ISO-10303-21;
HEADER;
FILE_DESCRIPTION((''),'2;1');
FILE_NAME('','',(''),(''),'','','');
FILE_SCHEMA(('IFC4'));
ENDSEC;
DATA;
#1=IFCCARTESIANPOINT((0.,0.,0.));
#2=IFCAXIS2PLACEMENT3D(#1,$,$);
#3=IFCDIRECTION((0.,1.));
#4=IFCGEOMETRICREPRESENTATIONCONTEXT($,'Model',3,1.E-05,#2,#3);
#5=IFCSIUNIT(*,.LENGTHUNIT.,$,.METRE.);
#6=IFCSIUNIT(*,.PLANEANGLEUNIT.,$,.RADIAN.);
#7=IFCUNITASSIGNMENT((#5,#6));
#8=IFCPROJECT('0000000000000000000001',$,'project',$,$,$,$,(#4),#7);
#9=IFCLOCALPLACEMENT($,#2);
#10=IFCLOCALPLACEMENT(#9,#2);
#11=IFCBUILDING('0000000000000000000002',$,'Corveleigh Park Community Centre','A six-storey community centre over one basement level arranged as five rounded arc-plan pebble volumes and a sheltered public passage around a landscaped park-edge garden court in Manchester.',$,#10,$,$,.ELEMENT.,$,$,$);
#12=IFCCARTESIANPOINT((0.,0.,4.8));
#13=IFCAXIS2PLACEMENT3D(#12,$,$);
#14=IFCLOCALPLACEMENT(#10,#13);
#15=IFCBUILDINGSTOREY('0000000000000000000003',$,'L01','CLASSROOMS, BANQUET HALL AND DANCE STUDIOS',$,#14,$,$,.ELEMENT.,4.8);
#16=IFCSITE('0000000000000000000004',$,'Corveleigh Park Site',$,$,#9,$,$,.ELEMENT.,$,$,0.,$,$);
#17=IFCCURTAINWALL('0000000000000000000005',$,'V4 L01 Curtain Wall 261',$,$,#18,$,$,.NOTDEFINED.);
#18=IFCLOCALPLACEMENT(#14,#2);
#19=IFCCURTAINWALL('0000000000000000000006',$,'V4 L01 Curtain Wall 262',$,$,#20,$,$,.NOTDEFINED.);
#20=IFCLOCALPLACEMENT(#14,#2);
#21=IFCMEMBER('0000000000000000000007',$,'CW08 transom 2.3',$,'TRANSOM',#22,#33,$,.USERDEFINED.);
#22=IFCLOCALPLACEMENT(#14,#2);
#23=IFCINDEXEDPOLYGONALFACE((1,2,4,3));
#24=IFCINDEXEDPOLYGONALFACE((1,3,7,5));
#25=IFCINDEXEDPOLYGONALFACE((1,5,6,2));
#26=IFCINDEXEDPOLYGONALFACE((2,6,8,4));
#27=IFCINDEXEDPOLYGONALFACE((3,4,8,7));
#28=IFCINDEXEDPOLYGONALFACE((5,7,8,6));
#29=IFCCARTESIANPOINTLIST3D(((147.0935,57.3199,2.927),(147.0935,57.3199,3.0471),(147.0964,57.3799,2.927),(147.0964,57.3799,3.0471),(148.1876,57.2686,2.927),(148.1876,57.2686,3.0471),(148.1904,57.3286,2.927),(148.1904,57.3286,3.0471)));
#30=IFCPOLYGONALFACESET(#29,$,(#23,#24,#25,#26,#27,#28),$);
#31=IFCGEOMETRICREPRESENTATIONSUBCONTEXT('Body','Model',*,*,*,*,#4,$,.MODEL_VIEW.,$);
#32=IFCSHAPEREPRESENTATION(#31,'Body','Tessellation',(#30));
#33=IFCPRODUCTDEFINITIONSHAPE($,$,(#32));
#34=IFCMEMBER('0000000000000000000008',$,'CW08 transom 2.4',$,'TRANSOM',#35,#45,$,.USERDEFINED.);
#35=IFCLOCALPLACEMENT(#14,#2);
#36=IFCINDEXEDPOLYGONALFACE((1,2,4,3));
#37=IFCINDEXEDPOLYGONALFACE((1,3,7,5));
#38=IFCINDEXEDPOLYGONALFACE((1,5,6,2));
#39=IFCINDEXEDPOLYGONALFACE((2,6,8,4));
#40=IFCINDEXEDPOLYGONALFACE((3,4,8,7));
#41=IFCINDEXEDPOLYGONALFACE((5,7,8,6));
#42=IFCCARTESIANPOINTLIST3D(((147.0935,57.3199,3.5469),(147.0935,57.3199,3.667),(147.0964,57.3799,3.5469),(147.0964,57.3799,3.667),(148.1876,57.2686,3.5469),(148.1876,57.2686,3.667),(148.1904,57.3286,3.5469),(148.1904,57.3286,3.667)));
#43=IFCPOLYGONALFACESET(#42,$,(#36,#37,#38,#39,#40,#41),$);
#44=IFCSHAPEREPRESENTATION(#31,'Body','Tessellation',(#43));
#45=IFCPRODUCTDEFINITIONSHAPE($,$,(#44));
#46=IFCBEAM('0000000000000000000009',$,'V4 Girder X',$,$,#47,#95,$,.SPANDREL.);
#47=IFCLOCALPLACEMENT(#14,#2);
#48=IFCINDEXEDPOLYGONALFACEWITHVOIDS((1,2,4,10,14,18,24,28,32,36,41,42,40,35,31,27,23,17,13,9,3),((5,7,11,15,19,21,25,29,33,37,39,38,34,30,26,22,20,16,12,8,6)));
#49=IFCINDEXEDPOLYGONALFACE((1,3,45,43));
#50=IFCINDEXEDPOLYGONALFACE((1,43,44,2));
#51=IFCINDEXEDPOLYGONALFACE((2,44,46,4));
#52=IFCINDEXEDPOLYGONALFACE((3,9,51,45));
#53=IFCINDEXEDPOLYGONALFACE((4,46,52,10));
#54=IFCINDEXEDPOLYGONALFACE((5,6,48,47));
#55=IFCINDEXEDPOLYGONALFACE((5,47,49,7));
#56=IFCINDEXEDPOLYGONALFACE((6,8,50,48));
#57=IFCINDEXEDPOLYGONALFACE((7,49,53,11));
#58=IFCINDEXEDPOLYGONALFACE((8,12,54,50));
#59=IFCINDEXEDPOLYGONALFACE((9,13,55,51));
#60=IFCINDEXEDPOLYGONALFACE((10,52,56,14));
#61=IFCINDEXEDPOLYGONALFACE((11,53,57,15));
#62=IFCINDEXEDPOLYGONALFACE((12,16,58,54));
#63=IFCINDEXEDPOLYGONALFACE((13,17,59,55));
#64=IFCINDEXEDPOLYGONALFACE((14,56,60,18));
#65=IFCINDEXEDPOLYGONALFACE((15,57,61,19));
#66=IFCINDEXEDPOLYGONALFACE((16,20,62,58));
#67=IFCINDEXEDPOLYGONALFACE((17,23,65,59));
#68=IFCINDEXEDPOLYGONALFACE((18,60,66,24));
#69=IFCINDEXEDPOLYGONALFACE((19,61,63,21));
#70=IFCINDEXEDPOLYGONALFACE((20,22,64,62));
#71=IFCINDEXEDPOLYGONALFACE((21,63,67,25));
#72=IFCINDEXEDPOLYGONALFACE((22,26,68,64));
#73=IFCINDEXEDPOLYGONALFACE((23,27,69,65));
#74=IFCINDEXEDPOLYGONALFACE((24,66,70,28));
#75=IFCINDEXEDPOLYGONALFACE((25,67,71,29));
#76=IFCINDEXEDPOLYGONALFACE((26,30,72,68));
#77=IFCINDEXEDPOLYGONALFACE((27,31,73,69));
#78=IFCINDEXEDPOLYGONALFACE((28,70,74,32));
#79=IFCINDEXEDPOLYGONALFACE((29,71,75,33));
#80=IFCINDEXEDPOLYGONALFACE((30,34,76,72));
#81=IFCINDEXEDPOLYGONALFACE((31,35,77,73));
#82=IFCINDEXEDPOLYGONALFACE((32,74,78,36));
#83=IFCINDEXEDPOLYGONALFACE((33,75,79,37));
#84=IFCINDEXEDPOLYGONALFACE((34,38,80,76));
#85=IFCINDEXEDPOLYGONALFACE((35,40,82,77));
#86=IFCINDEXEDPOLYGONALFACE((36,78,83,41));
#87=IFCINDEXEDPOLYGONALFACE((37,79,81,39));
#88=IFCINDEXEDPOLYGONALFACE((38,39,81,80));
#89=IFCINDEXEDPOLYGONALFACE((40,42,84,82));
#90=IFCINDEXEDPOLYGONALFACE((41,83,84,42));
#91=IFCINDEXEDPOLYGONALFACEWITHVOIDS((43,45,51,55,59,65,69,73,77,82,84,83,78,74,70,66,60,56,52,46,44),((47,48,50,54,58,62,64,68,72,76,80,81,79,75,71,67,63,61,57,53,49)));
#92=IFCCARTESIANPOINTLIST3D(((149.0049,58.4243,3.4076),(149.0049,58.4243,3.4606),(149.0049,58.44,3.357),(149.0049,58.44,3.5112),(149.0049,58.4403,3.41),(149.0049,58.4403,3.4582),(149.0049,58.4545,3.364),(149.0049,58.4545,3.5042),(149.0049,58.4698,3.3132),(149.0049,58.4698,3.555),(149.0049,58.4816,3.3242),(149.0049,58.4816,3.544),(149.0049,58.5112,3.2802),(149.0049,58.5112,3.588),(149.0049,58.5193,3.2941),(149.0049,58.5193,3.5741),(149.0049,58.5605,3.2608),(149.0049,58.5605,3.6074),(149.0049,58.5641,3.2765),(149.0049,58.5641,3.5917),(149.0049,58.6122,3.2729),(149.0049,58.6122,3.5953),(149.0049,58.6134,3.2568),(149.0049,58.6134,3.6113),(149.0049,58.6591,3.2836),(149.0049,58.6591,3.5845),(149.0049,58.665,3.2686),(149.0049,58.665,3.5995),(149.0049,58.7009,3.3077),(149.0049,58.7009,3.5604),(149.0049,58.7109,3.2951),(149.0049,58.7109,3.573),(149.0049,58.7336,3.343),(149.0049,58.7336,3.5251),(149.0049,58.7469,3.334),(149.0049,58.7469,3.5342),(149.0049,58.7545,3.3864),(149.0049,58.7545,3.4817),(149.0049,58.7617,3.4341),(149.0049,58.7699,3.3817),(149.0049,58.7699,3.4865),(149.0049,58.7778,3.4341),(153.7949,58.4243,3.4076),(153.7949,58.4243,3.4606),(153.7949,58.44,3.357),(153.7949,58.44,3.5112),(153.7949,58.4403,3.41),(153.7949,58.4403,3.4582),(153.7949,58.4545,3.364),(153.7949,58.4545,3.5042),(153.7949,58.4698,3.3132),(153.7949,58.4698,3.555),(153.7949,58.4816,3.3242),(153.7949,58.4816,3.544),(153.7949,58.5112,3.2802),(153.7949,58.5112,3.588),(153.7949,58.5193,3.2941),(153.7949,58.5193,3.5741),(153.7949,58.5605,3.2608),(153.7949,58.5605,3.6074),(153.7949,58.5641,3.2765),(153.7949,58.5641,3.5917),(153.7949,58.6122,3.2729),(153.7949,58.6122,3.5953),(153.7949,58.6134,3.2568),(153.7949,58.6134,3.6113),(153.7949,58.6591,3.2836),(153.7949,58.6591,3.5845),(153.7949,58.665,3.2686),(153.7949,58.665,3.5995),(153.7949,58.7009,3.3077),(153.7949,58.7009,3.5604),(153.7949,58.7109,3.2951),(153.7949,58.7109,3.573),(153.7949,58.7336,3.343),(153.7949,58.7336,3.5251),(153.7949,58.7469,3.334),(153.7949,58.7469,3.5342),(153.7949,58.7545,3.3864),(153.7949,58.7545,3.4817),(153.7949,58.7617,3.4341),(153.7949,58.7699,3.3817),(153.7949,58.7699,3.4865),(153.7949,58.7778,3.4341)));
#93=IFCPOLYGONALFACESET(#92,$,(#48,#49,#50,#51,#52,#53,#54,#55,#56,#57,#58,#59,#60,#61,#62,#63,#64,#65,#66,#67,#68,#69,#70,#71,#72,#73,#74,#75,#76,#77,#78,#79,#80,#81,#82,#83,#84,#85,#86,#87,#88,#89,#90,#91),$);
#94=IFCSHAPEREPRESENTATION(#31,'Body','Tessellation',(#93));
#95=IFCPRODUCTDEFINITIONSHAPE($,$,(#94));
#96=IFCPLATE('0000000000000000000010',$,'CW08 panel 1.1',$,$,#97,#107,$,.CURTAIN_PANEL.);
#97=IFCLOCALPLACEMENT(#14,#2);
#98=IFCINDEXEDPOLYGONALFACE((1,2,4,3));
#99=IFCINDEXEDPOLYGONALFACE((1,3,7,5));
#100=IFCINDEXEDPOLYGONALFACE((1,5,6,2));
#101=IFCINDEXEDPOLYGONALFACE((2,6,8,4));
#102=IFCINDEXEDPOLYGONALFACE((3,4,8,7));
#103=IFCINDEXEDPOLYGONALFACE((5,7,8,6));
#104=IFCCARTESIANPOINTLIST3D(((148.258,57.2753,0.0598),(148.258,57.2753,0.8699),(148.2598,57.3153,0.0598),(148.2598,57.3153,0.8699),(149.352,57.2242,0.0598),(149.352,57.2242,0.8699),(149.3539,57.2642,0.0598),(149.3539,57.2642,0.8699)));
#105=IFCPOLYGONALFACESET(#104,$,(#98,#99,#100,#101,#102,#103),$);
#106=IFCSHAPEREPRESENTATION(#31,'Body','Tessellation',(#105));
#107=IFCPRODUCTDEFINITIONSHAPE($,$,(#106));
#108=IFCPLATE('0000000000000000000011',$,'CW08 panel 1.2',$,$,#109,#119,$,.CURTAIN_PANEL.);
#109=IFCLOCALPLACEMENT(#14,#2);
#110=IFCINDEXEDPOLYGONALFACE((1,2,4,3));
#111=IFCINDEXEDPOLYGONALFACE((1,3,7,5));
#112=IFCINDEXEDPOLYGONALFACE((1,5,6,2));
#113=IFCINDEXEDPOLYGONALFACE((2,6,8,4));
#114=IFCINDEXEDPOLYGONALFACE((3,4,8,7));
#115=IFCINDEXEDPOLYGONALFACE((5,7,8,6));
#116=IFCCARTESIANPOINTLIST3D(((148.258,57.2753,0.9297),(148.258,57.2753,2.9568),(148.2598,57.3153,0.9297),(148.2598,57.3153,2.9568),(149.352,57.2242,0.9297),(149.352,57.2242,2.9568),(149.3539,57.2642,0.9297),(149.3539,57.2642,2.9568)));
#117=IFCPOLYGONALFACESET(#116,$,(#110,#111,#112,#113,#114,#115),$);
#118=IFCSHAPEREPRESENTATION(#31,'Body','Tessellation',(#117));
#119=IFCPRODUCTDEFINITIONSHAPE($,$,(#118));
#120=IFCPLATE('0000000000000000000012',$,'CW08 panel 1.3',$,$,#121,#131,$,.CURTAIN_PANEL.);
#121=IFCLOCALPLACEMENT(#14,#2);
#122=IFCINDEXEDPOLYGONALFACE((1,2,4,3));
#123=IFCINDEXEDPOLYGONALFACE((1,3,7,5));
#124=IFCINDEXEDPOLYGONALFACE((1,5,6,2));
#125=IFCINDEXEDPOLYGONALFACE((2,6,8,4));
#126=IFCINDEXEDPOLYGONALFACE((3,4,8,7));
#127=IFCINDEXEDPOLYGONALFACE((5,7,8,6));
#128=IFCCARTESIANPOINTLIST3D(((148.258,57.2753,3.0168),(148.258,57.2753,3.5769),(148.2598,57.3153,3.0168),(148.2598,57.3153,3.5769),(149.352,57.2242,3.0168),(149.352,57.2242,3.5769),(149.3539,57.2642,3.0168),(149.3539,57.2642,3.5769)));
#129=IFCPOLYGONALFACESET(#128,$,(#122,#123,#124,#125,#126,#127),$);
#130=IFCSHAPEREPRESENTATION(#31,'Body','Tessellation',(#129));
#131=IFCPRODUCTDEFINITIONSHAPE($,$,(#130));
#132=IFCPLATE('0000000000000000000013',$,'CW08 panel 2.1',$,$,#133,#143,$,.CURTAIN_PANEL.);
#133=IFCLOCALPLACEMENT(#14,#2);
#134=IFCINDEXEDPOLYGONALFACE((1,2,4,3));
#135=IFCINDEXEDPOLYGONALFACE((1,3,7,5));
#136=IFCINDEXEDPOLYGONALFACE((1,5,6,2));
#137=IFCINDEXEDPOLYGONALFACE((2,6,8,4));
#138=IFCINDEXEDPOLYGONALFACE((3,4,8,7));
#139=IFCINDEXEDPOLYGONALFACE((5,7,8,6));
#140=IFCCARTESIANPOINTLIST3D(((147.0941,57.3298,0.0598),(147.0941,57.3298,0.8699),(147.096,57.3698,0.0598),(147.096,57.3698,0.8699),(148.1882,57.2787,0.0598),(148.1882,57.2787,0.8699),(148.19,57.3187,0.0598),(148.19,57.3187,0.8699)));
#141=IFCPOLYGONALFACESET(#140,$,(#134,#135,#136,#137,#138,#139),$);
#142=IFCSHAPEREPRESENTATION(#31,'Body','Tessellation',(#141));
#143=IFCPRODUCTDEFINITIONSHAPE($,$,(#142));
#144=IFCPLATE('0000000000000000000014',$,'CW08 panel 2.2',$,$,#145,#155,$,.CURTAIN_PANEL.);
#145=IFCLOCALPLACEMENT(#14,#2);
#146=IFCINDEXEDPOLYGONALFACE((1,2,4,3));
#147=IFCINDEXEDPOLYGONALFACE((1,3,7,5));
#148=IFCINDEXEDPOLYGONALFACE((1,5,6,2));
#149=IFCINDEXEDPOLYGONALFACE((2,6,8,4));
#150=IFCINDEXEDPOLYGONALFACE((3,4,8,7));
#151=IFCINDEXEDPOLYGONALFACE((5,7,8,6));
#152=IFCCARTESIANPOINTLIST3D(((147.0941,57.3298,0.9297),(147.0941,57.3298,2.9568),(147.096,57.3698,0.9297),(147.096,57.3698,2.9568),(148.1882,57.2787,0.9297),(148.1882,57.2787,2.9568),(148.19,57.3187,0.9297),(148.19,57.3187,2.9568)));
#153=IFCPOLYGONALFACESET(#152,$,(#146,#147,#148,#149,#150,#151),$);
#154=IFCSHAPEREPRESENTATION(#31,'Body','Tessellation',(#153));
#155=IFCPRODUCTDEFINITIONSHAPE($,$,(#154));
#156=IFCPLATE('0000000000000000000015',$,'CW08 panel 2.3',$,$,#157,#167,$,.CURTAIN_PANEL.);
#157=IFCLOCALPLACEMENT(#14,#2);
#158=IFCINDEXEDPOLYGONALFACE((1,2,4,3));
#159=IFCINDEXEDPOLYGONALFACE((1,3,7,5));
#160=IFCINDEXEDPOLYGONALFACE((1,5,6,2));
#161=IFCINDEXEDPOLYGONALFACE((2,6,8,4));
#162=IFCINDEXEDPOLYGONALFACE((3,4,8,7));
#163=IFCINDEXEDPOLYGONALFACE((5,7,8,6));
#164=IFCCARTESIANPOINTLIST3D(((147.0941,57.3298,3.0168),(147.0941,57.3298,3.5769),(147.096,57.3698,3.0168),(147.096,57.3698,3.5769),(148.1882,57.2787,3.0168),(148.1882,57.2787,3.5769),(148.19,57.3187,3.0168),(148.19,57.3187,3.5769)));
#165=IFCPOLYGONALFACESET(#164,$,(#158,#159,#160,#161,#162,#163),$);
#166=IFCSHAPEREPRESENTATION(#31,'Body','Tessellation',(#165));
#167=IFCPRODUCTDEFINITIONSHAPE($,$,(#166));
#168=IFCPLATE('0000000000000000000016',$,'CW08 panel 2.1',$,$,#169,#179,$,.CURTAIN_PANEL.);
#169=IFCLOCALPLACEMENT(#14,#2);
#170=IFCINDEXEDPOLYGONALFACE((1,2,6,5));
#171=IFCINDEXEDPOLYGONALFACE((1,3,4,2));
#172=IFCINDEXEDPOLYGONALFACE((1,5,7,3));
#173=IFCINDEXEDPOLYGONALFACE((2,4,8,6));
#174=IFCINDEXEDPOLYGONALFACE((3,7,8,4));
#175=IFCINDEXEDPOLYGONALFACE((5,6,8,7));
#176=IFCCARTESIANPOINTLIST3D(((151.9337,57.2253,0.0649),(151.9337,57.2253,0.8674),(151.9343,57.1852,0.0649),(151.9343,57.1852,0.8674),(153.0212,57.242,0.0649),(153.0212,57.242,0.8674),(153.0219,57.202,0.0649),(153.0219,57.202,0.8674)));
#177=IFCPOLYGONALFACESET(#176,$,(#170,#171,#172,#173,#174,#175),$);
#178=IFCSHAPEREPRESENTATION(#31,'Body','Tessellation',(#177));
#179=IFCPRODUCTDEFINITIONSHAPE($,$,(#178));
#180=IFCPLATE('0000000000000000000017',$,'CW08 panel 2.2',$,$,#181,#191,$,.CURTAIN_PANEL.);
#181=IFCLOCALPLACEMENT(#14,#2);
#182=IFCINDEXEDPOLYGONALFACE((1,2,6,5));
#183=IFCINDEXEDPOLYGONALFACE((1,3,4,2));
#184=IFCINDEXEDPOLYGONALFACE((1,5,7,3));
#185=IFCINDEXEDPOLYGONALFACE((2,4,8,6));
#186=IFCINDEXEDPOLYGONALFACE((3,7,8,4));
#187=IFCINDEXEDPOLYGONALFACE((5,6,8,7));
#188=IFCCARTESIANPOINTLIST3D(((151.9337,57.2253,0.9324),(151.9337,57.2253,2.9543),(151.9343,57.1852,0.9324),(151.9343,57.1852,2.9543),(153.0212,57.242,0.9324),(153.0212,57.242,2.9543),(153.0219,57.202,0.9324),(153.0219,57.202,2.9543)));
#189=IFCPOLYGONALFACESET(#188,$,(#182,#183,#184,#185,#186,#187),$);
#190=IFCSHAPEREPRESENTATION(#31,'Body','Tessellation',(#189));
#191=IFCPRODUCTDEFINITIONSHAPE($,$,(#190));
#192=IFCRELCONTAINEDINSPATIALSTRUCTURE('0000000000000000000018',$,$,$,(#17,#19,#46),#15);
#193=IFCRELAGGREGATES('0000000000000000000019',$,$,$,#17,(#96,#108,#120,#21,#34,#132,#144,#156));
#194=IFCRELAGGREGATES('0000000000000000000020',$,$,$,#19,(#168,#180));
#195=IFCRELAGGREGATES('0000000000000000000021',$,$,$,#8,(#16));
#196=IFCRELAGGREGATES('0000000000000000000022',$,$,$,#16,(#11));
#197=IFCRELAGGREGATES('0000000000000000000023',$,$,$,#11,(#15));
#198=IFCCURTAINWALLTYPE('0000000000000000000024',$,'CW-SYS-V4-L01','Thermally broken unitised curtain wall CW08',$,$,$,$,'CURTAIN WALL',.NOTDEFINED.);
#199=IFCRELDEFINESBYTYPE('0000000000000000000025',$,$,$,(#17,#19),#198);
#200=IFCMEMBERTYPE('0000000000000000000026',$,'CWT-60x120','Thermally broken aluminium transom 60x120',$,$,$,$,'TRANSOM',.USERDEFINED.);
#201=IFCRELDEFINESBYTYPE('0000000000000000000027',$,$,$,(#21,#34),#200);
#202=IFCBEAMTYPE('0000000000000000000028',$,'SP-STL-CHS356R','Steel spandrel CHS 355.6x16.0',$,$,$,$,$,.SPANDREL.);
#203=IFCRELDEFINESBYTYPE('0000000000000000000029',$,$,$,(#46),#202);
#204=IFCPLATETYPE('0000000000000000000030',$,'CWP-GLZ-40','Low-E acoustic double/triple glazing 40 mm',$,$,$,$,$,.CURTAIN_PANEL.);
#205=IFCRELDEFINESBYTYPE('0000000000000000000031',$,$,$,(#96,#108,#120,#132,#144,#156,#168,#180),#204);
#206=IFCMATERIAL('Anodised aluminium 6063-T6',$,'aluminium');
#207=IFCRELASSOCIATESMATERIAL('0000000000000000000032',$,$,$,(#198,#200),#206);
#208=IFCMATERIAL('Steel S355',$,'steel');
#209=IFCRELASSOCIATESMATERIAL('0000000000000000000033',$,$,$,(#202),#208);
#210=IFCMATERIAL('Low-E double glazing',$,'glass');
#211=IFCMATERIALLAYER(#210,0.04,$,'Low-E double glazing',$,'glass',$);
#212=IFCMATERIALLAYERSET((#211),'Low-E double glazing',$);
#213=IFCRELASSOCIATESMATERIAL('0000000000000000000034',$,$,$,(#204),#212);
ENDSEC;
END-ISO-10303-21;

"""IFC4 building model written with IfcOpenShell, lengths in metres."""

from ifc_helpers import new_model, si_unit, direction, frame, origin, origin_2d, place, context, subcontext, project, spatial, rectangle, hollow_circle, extrude, material, layer, layer_set, material_profile, profile_set, type_object, element, aggregate, save


model = new_model("IFC4")

# Units and contexts
model_context = context("Model", 3, precision=1e-05, world=origin(), true_north=direction((0.0, 1.0)))
body_context = subcontext(model_context, "Body", "Model", "MODEL_VIEW")
ifc_project = project(units=[si_unit("LENGTHUNIT", "METRE"), si_unit("PLANEANGLEUNIT", "RADIAN")], contexts=[model_context])

# Site, building, storey
site_placement = place(None, origin())
site = spatial("IfcSite", under=ifc_project, at=site_placement, Name="Corveleigh Park Site", CompositionType="ELEMENT", RefElevation=0.0)
building_placement = place(site_placement, origin())
building = spatial("IfcBuilding", under=site, at=building_placement, Name="Corveleigh Park Community Centre", Description="A six-storey community centre over one basement level arranged as five rounded arc-plan pebble volumes and a sheltered public passage around a landscaped park-edge garden court in Manchester.", CompositionType="ELEMENT")
storey_placement = place(building_placement, frame((0.0, 0.0, 4.8)))
storey = spatial("IfcBuildingStorey", under=building, at=storey_placement, Name="L01", Description="CLASSROOMS, BANQUET HALL AND DANCE STUDIOS", CompositionType="ELEMENT", Elevation=4.8)

# Shared definitions
ifc_material_1 = material(Name="Steel S355", Category="steel")

# Curtain wall
ifc_material_2 = material(Name="Anodised aluminium 6063-T6", Category="aluminium")
curtain_wall_type = type_object("IfcCurtainWallType", Name="CW-SYS-V4-L01", Description="Thermally broken unitised curtain wall CW08", ElementType="CURTAIN WALL", PredefinedType="NOTDEFINED", material=ifc_material_2)
curtain_wall_1_placement = place(storey_placement, origin())
curtain_wall_1 = element("IfcCurtainWall", 1, at=curtain_wall_1_placement, inside=storey, type_object=curtain_wall_type, Name="V4 L01 Curtain Wall 261", PredefinedType="NOTDEFINED")

# Curtain wall
curtain_wall_2_placement = place(storey_placement, origin())
curtain_wall_2 = element("IfcCurtainWall", 2, at=curtain_wall_2_placement, inside=storey, type_object=curtain_wall_type, Name="V4 L01 Curtain Wall 262", PredefinedType="NOTDEFINED")

# Members
ifc_material_profile_1 = material_profile(ifc_material_2, rectangle(XDim=0.0601, YDim=0.1201, at=origin_2d()), Name="ALU-T60x120", Category="aluminium")
ifc_profile_set_1 = profile_set([ifc_material_profile_1], Name="Anodised aluminium 6063-T6")
member_type_1 = type_object("IfcMemberType", Name="CWT-60x120", Description="Thermally broken aluminium transom 60x120", ElementType="TRANSOM", PredefinedType="USERDEFINED", material=ifc_profile_set_1)
member_1_placement = place(storey_placement, frame((148.189, 57.2986, 2.9871), z_axis=(-0.998904, 0.046813, 0.0), x_axis=(-0.046813, -0.998904, 0.0)))
member_1 = element("IfcMember", 3, at=member_1_placement, type_object=member_type_1, Name="CW08 transom 2.3", ObjectType="TRANSOM", PredefinedType="USERDEFINED", context=body_context, shape_type="SweptSolid", body=[
    extrude(rectangle(XDim=0.0601, YDim=0.1201, at=origin_2d()), origin(), (0.0, 0.0, 1.0), 1.0952),
])
member_2_placement = place(storey_placement, frame((148.189, 57.2986, 3.6069), z_axis=(-0.998904, 0.046813, 0.0), x_axis=(-0.046813, -0.998904, 0.0)))
member_2 = element("IfcMember", 4, at=member_2_placement, type_object=member_type_1, Name="CW08 transom 2.4", ObjectType="TRANSOM", PredefinedType="USERDEFINED", context=body_context, shape_type="SweptSolid", body=[
    extrude(rectangle(XDim=0.0601, YDim=0.1201, at=origin_2d()), origin(), (0.0, 0.0, 1.0), 1.0952),
])

# Beam
ifc_material_profile_2 = material_profile(ifc_material_1, hollow_circle(Radius=0.1777, WallThickness=0.0161, at=origin_2d()), Name="CHS 355.6x16.0", Category="steel")
ifc_profile_set_2 = profile_set([ifc_material_profile_2], Name="Steel S355")
beam_type_1 = type_object("IfcBeamType", Name="SP-STL-CHS356R", Description="Steel spandrel CHS 355.6x16.0", PredefinedType="SPANDREL", material=ifc_profile_set_2)
beam_1_placement = place(storey_placement, frame((149.0049, 58.6001, 3.4341), z_axis=(1.0, 0.0, 0.0), x_axis=(0.0, 1.0, 0.0)))
element("IfcBeam", 5, at=beam_1_placement, inside=storey, type_object=beam_type_1, Name="V4 Girder X", PredefinedType="SPANDREL", context=body_context, shape_type="SweptSolid", body=[
    extrude(hollow_circle(Radius=0.1777, WallThickness=0.0161, at=origin_2d()), origin(), (0.0, 0.0, 1.0), 4.79),
])

# Plates
ifc_material_3 = material(Name="Low-E double glazing", Category="glass")
ifc_layer_1 = layer(ifc_material_3, 0.04, Name="Low-E double glazing", Category="glass")
ifc_layer_set_1 = layer_set([ifc_layer_1], Name="Low-E double glazing")
plate_type = type_object("IfcPlateType", Name="CWP-GLZ-40", Description="Low-E acoustic double/triple glazing 40 mm", PredefinedType="CURTAIN_PANEL", material=ifc_layer_set_1)
plate_1_placement = place(storey_placement, frame((148.8059, 57.2698, 0.0598), z_axis=(0.0, 0.0, 1.0), x_axis=(-0.998911, 0.046655, 0.0)))
plate_1 = element("IfcPlate", 6, at=plate_1_placement, type_object=plate_type, Name="CW08 panel 1.1", PredefinedType="CURTAIN_PANEL", context=body_context, shape_type="SweptSolid", body=[
    extrude(rectangle(XDim=1.0952, YDim=0.04, at=origin_2d()), origin(), (0.0, 0.0, 1.0), 0.8101),
])
plate_2_placement = place(storey_placement, frame((148.8059, 57.2698, 0.9297), z_axis=(0.0, 0.0, 1.0), x_axis=(-0.998911, 0.046655, 0.0)))
plate_2 = element("IfcPlate", 7, at=plate_2_placement, type_object=plate_type, Name="CW08 panel 1.2", PredefinedType="CURTAIN_PANEL", context=body_context, shape_type="SweptSolid", body=[
    extrude(rectangle(XDim=1.0952, YDim=0.04, at=origin_2d()), origin(), (0.0, 0.0, 1.0), 2.0271),
])
plate_3_placement = place(storey_placement, frame((148.8059, 57.2698, 3.0168), z_axis=(0.0, 0.0, 1.0), x_axis=(-0.998911, 0.046655, 0.0)))
plate_3 = element("IfcPlate", 8, at=plate_3_placement, type_object=plate_type, Name="CW08 panel 1.3", PredefinedType="CURTAIN_PANEL", context=body_context, shape_type="SweptSolid", body=[
    extrude(rectangle(XDim=1.0952, YDim=0.04, at=origin_2d()), origin(), (0.0, 0.0, 1.0), 0.5601),
])
plate_4_placement = place(storey_placement, frame((147.6421, 57.3242, 0.0598), z_axis=(0.0, 0.0, 1.0), x_axis=(-0.998911, 0.046655, 0.0)))
plate_4 = element("IfcPlate", 9, at=plate_4_placement, type_object=plate_type, Name="CW08 panel 2.1", PredefinedType="CURTAIN_PANEL", context=body_context, shape_type="SweptSolid", body=[
    extrude(rectangle(XDim=1.0952, YDim=0.04, at=origin_2d()), origin(), (0.0, 0.0, 1.0), 0.8101),
])
plate_5_placement = place(storey_placement, frame((147.6421, 57.3242, 0.9297), z_axis=(0.0, 0.0, 1.0), x_axis=(-0.998911, 0.046655, 0.0)))
plate_5 = element("IfcPlate", 10, at=plate_5_placement, type_object=plate_type, Name="CW08 panel 2.2", PredefinedType="CURTAIN_PANEL", context=body_context, shape_type="SweptSolid", body=[
    extrude(rectangle(XDim=1.0952, YDim=0.04, at=origin_2d()), origin(), (0.0, 0.0, 1.0), 2.0271),
])
plate_6_placement = place(storey_placement, frame((147.6421, 57.3242, 3.0168), z_axis=(0.0, 0.0, 1.0), x_axis=(-0.998911, 0.046655, 0.0)))
plate_6 = element("IfcPlate", 11, at=plate_6_placement, type_object=plate_type, Name="CW08 panel 2.3", PredefinedType="CURTAIN_PANEL", context=body_context, shape_type="SweptSolid", body=[
    extrude(rectangle(XDim=1.0952, YDim=0.04, at=origin_2d()), origin(), (0.0, 0.0, 1.0), 0.5601),
])
aggregate(curtain_wall_1, [plate_1, plate_2, plate_3, member_1, member_2, plate_4, plate_5, plate_6])
plate_7_placement = place(storey_placement, frame((152.4778, 57.2136, 0.0649), z_axis=(0.0, 0.0, 1.0), x_axis=(-0.999881, -0.015415, 0.0)))
plate_7 = element("IfcPlate", 12, at=plate_7_placement, type_object=plate_type, Name="CW08 panel 2.1", PredefinedType="CURTAIN_PANEL", context=body_context, shape_type="SweptSolid", body=[
    extrude(rectangle(XDim=1.0876, YDim=0.04, at=origin_2d()), origin(), (0.0, 0.0, 1.0), 0.8025),
])
plate_8_placement = place(storey_placement, frame((152.4778, 57.2136, 0.9324), z_axis=(0.0, 0.0, 1.0), x_axis=(-0.999881, -0.015415, 0.0)))
plate_8 = element("IfcPlate", 13, at=plate_8_placement, type_object=plate_type, Name="CW08 panel 2.2", PredefinedType="CURTAIN_PANEL", context=body_context, shape_type="SweptSolid", body=[
    extrude(rectangle(XDim=1.0876, YDim=0.04, at=origin_2d()), origin(), (0.0, 0.0, 1.0), 2.022),
])
aggregate(curtain_wall_2, [plate_7, plate_8])

save(model, "model.ifc")
